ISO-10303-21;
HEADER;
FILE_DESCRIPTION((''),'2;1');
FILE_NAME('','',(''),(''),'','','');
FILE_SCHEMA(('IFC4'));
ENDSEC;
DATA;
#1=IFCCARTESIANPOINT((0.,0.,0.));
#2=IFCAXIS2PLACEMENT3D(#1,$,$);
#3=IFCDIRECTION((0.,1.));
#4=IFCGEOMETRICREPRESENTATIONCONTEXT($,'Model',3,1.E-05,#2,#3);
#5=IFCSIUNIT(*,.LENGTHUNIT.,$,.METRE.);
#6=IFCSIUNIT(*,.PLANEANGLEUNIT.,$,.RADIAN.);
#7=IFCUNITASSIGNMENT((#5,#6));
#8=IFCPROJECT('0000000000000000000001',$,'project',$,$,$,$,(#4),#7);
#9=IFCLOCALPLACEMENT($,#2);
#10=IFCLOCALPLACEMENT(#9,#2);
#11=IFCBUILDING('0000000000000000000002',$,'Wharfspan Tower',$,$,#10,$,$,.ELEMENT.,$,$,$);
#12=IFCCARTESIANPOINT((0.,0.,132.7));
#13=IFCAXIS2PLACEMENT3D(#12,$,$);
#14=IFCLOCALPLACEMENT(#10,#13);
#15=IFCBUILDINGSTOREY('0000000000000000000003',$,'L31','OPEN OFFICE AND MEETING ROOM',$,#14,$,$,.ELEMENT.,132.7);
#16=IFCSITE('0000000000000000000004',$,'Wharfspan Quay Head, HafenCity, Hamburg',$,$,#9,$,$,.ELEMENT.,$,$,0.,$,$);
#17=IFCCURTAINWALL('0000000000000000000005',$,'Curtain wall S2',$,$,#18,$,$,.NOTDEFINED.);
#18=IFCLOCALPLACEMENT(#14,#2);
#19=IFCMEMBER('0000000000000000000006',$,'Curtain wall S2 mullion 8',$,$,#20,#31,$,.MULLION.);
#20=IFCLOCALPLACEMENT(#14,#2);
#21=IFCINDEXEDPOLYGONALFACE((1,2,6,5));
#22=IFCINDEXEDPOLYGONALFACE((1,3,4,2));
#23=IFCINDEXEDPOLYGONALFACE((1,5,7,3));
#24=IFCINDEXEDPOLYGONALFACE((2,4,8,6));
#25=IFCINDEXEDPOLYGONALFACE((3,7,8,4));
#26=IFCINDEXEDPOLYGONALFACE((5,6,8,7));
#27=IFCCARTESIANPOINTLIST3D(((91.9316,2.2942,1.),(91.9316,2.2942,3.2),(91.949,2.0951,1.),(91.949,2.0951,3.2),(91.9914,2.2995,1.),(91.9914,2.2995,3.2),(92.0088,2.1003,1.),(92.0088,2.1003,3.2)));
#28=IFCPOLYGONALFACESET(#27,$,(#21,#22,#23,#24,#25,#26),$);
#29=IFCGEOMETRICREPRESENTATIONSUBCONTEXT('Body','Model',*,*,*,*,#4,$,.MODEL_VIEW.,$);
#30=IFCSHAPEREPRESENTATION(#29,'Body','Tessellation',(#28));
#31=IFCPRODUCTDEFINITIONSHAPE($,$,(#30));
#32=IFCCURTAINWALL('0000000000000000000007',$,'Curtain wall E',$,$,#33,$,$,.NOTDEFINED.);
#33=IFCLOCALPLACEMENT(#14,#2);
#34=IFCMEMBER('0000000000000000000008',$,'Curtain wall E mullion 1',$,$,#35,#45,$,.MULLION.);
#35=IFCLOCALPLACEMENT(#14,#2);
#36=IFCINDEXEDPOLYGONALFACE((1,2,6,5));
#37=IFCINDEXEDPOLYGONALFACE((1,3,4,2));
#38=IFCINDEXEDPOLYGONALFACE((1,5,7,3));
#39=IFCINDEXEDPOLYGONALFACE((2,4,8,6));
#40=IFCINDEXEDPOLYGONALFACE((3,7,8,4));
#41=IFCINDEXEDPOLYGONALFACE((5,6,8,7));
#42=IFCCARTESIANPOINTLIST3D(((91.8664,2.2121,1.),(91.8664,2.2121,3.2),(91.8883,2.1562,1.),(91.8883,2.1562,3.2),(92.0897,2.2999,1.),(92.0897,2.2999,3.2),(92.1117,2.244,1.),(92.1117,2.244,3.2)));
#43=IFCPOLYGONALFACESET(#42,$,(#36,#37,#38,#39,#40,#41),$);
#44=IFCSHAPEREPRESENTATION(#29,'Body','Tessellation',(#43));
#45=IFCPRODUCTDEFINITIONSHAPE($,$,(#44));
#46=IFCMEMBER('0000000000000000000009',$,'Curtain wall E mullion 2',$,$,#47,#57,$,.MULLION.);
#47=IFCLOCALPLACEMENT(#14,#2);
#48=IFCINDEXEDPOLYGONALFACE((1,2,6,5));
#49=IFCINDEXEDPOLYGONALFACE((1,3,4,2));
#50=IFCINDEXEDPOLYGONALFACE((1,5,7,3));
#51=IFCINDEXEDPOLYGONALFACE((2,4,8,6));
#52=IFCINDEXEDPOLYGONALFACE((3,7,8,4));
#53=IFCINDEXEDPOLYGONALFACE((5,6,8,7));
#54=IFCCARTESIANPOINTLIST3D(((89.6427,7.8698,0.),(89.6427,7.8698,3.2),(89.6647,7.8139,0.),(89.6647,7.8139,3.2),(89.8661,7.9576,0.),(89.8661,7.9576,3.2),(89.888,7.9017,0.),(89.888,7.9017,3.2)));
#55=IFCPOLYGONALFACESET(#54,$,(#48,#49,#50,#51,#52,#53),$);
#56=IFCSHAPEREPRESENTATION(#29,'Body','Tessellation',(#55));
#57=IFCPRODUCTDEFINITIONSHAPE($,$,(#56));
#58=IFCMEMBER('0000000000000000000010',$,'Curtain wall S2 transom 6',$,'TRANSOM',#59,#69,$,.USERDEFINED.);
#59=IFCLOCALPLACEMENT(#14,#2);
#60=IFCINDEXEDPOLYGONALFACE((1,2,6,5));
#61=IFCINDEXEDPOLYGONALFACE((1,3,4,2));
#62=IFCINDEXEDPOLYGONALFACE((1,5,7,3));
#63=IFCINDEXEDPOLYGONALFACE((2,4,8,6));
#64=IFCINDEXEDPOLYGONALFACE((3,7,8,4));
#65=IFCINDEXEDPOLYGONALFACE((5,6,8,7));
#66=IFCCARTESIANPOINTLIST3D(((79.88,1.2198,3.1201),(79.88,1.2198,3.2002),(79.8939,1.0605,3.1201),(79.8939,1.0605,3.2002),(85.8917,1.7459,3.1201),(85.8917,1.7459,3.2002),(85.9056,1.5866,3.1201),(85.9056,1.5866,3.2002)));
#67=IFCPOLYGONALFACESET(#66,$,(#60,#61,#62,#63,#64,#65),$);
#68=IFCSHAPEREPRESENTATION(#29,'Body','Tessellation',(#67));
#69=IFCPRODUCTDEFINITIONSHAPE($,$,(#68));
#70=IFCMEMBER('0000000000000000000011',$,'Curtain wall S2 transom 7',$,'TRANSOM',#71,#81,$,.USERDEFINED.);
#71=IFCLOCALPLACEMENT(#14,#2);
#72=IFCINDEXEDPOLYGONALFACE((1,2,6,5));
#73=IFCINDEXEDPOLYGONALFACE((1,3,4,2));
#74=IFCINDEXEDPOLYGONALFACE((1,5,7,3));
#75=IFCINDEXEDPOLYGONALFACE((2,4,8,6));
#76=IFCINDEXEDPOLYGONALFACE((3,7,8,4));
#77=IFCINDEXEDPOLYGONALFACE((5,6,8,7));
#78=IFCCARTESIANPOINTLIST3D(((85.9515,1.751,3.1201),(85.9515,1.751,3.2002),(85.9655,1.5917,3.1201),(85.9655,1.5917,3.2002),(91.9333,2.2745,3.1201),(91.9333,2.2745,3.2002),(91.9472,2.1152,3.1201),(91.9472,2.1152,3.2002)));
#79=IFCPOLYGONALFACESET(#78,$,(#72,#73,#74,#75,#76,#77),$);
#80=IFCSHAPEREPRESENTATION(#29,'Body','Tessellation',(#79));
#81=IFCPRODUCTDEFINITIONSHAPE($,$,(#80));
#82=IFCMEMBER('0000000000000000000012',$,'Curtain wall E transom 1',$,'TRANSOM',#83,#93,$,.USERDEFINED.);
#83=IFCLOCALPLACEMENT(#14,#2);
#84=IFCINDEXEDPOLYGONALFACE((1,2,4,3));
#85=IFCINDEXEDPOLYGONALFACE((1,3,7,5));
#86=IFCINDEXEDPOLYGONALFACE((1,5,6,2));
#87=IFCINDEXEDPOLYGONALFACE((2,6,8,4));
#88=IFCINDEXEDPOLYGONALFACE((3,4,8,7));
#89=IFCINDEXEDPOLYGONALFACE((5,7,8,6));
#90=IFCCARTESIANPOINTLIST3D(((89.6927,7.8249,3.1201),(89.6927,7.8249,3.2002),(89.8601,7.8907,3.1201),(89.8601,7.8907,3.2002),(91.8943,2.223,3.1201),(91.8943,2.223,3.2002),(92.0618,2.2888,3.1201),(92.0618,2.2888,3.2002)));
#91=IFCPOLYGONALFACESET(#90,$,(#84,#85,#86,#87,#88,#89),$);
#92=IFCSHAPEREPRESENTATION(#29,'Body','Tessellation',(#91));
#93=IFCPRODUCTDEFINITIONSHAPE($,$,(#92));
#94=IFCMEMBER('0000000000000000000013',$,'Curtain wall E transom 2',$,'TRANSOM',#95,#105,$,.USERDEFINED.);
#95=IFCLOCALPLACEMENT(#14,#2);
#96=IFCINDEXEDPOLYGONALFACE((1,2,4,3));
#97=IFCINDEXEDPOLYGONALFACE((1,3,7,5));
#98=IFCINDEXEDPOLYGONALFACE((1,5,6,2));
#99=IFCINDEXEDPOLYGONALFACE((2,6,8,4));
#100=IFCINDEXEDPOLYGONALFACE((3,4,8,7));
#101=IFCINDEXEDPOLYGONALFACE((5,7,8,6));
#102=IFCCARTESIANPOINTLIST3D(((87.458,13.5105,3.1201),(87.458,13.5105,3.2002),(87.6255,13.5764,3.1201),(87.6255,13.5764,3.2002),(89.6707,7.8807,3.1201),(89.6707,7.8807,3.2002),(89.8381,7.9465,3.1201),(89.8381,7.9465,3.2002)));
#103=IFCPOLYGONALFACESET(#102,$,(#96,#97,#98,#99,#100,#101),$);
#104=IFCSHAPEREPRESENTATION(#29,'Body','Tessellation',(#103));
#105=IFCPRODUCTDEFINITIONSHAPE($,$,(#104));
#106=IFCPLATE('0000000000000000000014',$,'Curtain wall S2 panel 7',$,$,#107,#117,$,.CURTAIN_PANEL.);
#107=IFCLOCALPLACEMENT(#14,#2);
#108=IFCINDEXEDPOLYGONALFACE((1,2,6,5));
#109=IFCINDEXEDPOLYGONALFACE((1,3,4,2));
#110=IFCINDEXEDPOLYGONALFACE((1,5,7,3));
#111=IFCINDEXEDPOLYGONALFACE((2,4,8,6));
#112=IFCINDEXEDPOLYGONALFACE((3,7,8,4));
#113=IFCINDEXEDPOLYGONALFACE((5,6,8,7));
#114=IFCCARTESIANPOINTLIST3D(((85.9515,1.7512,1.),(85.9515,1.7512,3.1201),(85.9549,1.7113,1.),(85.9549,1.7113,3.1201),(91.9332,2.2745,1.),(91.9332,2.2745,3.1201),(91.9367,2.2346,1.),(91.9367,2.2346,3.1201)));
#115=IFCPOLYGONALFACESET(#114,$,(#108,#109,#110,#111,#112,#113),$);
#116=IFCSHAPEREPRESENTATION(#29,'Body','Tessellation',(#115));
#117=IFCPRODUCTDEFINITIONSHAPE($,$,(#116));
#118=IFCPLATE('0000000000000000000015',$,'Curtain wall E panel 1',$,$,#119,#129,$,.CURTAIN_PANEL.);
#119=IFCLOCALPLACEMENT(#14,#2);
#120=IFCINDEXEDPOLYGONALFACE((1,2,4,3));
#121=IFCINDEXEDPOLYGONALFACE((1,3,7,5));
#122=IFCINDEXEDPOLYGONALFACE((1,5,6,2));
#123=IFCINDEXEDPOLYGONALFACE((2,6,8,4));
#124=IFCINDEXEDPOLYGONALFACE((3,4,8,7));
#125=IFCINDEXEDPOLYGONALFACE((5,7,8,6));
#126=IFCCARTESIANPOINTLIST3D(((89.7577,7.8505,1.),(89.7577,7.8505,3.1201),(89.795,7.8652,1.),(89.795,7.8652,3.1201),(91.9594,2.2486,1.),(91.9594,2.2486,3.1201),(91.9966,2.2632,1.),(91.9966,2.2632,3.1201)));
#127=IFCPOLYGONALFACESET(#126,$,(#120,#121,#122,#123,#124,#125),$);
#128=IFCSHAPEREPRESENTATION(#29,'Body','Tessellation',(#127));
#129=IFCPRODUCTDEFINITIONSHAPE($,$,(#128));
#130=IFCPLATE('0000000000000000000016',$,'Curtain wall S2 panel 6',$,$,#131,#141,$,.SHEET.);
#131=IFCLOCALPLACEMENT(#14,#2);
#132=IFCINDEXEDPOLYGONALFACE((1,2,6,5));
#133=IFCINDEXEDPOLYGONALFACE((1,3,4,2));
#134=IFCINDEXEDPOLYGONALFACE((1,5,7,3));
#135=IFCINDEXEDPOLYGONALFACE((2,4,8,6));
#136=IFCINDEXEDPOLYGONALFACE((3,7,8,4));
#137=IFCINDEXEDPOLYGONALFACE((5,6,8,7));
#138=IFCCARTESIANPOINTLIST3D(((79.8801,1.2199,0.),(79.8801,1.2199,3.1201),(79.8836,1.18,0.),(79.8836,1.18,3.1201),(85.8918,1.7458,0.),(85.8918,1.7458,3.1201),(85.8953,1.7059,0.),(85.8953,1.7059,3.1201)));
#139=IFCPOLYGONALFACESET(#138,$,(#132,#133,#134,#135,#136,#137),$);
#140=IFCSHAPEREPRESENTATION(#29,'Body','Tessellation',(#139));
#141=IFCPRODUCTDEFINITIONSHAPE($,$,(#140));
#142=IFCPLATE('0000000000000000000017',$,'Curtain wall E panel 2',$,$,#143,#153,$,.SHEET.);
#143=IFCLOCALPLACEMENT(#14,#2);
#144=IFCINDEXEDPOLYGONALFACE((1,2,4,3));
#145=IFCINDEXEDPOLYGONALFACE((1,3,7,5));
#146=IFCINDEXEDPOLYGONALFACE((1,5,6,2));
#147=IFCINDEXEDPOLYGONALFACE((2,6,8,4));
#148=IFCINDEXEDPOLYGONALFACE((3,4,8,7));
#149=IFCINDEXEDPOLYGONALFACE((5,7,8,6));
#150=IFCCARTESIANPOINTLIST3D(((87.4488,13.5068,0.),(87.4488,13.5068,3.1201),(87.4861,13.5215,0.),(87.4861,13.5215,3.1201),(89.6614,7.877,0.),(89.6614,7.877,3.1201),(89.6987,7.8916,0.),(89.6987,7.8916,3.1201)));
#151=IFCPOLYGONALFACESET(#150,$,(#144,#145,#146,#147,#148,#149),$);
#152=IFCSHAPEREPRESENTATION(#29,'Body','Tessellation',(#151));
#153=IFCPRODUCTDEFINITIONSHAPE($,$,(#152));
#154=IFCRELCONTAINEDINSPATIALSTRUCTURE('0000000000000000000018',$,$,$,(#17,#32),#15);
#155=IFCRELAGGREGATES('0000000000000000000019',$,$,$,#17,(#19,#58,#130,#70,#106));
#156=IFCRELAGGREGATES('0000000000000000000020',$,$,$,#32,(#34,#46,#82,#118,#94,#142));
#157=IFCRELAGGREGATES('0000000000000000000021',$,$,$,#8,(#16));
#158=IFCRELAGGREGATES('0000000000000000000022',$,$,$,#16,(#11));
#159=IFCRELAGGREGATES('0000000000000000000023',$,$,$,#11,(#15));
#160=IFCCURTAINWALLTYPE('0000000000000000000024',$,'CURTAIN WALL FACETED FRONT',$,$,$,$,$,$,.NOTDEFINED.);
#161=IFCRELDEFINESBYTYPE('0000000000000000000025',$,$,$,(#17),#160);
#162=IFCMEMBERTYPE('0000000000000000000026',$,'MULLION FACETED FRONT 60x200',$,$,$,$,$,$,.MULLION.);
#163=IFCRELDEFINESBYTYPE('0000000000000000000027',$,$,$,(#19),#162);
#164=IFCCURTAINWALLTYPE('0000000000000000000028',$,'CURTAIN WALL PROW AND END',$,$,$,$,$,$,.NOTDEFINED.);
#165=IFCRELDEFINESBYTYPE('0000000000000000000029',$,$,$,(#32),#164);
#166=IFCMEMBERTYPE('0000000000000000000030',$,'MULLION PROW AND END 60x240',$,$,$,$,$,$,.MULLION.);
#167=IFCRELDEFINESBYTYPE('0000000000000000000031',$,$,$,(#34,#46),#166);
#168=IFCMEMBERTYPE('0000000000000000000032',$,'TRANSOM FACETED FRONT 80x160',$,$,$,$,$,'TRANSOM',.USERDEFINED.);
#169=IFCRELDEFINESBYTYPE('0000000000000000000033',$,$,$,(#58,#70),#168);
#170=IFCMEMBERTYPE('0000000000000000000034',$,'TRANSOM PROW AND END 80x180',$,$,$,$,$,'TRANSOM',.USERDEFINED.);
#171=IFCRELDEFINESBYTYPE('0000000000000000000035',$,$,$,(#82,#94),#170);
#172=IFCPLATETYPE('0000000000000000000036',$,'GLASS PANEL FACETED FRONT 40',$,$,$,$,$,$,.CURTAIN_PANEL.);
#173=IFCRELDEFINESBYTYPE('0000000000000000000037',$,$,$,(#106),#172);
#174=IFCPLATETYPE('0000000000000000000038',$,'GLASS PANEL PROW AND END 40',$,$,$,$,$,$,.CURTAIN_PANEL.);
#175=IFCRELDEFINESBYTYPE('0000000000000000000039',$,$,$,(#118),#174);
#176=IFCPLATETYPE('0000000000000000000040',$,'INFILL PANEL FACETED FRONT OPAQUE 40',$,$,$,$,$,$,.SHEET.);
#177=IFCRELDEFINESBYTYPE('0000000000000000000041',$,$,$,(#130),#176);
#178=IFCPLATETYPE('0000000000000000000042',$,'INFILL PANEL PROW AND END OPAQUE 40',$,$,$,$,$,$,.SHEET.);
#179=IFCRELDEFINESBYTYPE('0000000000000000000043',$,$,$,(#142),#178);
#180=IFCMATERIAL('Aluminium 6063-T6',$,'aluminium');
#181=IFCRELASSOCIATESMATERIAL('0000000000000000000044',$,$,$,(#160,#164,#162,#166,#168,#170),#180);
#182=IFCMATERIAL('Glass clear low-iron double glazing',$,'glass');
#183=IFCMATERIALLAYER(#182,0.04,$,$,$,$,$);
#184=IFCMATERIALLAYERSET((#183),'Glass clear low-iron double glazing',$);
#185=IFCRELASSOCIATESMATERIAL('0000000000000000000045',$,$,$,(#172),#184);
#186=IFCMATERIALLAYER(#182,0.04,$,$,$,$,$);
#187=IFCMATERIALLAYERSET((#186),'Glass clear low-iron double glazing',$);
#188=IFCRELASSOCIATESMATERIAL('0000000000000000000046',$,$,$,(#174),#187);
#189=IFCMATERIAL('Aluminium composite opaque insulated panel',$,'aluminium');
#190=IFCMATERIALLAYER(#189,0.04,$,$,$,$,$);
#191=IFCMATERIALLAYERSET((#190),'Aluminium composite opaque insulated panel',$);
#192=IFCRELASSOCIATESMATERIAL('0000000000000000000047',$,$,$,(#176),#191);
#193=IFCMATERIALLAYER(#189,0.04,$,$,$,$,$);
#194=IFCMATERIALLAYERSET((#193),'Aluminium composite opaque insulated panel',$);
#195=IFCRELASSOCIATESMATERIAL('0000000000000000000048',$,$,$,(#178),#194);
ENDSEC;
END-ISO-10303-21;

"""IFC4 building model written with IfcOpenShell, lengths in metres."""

from ifc_helpers import new_model, si_unit, direction, frame, origin, origin_2d, place, context, subcontext, project, spatial, rectangle, extrude, material, layer, layer_set, material_profile, profile_set, type_object, element, aggregate, save


model = new_model("IFC4")

# Units and contexts
model_context = context("Model", 3, precision=1e-05, world=origin(), true_north=direction((0.0, 1.0)))
body_context = subcontext(model_context, "Body", "Model", "MODEL_VIEW")
ifc_project = project(units=[si_unit("LENGTHUNIT", "METRE"), si_unit("PLANEANGLEUNIT", "RADIAN")], contexts=[model_context])

# Site, building, storey
site_placement = place(None, origin())
site = spatial("IfcSite", under=ifc_project, at=site_placement, Name="Wharfspan Quay Head, HafenCity, Hamburg", CompositionType="ELEMENT", RefElevation=0.0)
building_placement = place(site_placement, origin())
building = spatial("IfcBuilding", under=site, at=building_placement, Name="Wharfspan Tower", CompositionType="ELEMENT")
storey_placement = place(building_placement, frame((0.0, 0.0, 132.7)))
storey = spatial("IfcBuildingStorey", under=building, at=storey_placement, Name="L31", Description="OPEN OFFICE AND MEETING ROOM", CompositionType="ELEMENT", Elevation=132.7)

# Curtain walls, members
ifc_material_1 = material(Name="Aluminium 6063-T6", Category="aluminium")
curtain_wall_type_1 = type_object("IfcCurtainWallType", Name="CURTAIN WALL FACETED FRONT", PredefinedType="NOTDEFINED", material=ifc_material_1)
curtain_wall_1_placement = place(storey_placement, origin())
curtain_wall_1 = element("IfcCurtainWall", 1, at=curtain_wall_1_placement, inside=storey, type_object=curtain_wall_type_1, Name="Curtain wall S2", PredefinedType="NOTDEFINED")
ifc_material_profile_1 = material_profile(ifc_material_1, rectangle(XDim=0.2, YDim=0.0601, at=origin_2d()))
ifc_profile_set_1 = profile_set([ifc_material_profile_1], Name="Aluminium 6063-T6")
member_type_1 = type_object("IfcMemberType", Name="MULLION FACETED FRONT 60x200", PredefinedType="MULLION", material=ifc_profile_set_1)
member_1_placement = place(storey_placement, frame((91.9702, 2.1973, 1.0), z_axis=(0.0, 0.0, 1.0), x_axis=(-0.087156, 0.996198, 0.0)))
member_1 = element("IfcMember", 2, at=member_1_placement, type_object=member_type_1, Name="Curtain wall S2 mullion 8", PredefinedType="MULLION", context=body_context, shape_type="SweptSolid", body=[
    extrude(rectangle(XDim=0.2, YDim=0.0601, at=origin_2d()), origin(), (0.0, 0.0, 1.0), 2.2),
])
curtain_wall_type_2 = type_object("IfcCurtainWallType", Name="CURTAIN WALL PROW AND END", PredefinedType="NOTDEFINED", material=ifc_material_1)
curtain_wall_2_placement = place(storey_placement, origin())
curtain_wall_2 = element("IfcCurtainWall", 3, at=curtain_wall_2_placement, inside=storey, type_object=curtain_wall_type_2, Name="Curtain wall E", PredefinedType="NOTDEFINED")
ifc_material_profile_2 = material_profile(ifc_material_1, rectangle(XDim=0.24, YDim=0.0601, at=origin_2d()))
ifc_profile_set_2 = profile_set([ifc_material_profile_2], Name="Aluminium 6063-T6")
member_type_2 = type_object("IfcMemberType", Name="MULLION PROW AND END 60x240", PredefinedType="MULLION", material=ifc_profile_set_2)
member_2_placement = place(storey_placement, frame((91.989, 2.228, 1.0), z_axis=(0.0, 0.0, 1.0), x_axis=(-0.930702, -0.365778, 0.0)))
member_2 = element("IfcMember", 4, at=member_2_placement, type_object=member_type_2, Name="Curtain wall E mullion 1", PredefinedType="MULLION", context=body_context, shape_type="SweptSolid", body=[
    extrude(rectangle(XDim=0.24, YDim=0.0601, at=origin_2d()), origin(), (0.0, 0.0, 1.0), 2.2),
])
member_3_placement = place(storey_placement, frame((89.7654, 7.8857, 0.0), z_axis=(0.0, 0.0, 1.0), x_axis=(-0.930702, -0.365778, 0.0)))
member_3 = element("IfcMember", 5, at=member_3_placement, type_object=member_type_2, Name="Curtain wall E mullion 2", PredefinedType="MULLION", context=body_context, shape_type="SweptSolid", body=[
    extrude(rectangle(XDim=0.24, YDim=0.0601, at=origin_2d()), origin(), (0.0, 0.0, 1.0), 3.2),
])

# Members
ifc_material_profile_3 = material_profile(ifc_material_1, rectangle(XDim=0.1599, YDim=0.0801, at=origin_2d()))
ifc_profile_set_3 = profile_set([ifc_material_profile_3], Name="Aluminium 6063-T6")
member_type_3 = type_object("IfcMemberType", Name="TRANSOM FACETED FRONT 80x160", ElementType="TRANSOM", PredefinedType="USERDEFINED", material=ifc_profile_set_3)
member_4_placement = place(storey_placement, frame((79.887, 1.1401, 3.1602), z_axis=(0.996192, 0.087183, 0.0), x_axis=(-0.087183, 0.996192, 0.0)))
member_4 = element("IfcMember", 6, at=member_4_placement, type_object=member_type_3, Name="Curtain wall S2 transom 6", ObjectType="TRANSOM", PredefinedType="USERDEFINED", context=body_context, shape_type="SweptSolid", body=[
    extrude(rectangle(XDim=0.1599, YDim=0.0801, at=origin_2d()), origin(), (0.0, 0.0, 1.0), 6.0347),
])
member_5_placement = place(storey_placement, frame((85.9585, 1.6714, 3.1602), z_axis=(0.996193, 0.087174, 0.0), x_axis=(-0.087174, 0.996193, 0.0)))
member_5 = element("IfcMember", 7, at=member_5_placement, type_object=member_type_3, Name="Curtain wall S2 transom 7", ObjectType="TRANSOM", PredefinedType="USERDEFINED", context=body_context, shape_type="SweptSolid", body=[
    extrude(rectangle(XDim=0.1599, YDim=0.0801, at=origin_2d()), origin(), (0.0, 0.0, 1.0), 6.0046),
])
ifc_material_profile_4 = material_profile(ifc_material_1, rectangle(XDim=0.1799, YDim=0.0801, at=origin_2d()))
ifc_profile_set_4 = profile_set([ifc_material_profile_4], Name="Aluminium 6063-T6")
member_type_4 = type_object("IfcMemberType", Name="TRANSOM PROW AND END 80x180", ElementType="TRANSOM", PredefinedType="USERDEFINED", material=ifc_profile_set_4)
member_6_placement = place(storey_placement, frame((91.978, 2.2559, 3.1602), z_axis=(-0.365775, 0.930703, 0.0), x_axis=(-0.930703, -0.365775, 0.0)))
member_6 = element("IfcMember", 8, at=member_6_placement, type_object=member_type_4, Name="Curtain wall E transom 1", ObjectType="TRANSOM", PredefinedType="USERDEFINED", context=body_context, shape_type="SweptSolid", body=[
    extrude(rectangle(XDim=0.1799, YDim=0.0801, at=origin_2d()), origin(), (0.0, 0.0, 1.0), 6.019),
])
member_7_placement = place(storey_placement, frame((89.7544, 7.9136, 3.1602), z_axis=(-0.365782, 0.9307, 0.0), x_axis=(-0.9307, -0.365782, 0.0)))
member_7 = element("IfcMember", 9, at=member_7_placement, type_object=member_type_4, Name="Curtain wall E transom 2", ObjectType="TRANSOM", PredefinedType="USERDEFINED", context=body_context, shape_type="SweptSolid", body=[
    extrude(rectangle(XDim=0.1799, YDim=0.0801, at=origin_2d()), origin(), (0.0, 0.0, 1.0), 6.0491),
])

# Plates
ifc_material_2 = material(Name="Glass clear low-iron double glazing", Category="glass")
ifc_layer_1 = layer(ifc_material_2, 0.04)
ifc_layer_set_1 = layer_set([ifc_layer_1], Name="Glass clear low-iron double glazing")
plate_type_1 = type_object("IfcPlateType", Name="GLASS PANEL FACETED FRONT 40", PredefinedType="CURTAIN_PANEL", material=ifc_layer_set_1)
plate_1_placement = place(storey_placement, frame((88.9441, 1.9929, 1.0), z_axis=(0.0, 0.0, 1.0), x_axis=(0.996198, 0.087156, 0.0)))
plate_1 = element("IfcPlate", 10, at=plate_1_placement, type_object=plate_type_1, Name="Curtain wall S2 panel 7", PredefinedType="CURTAIN_PANEL", context=body_context, shape_type="SweptSolid", body=[
    extrude(rectangle(XDim=6.0046, YDim=0.04, at=origin_2d()), origin(), (0.0, 0.0, 1.0), 2.1201),
])
ifc_layer_2 = layer(ifc_material_2, 0.04)
ifc_layer_set_2 = layer_set([ifc_layer_2], Name="Glass clear low-iron double glazing")
plate_type_2 = type_object("IfcPlateType", Name="GLASS PANEL PROW AND END 40", PredefinedType="CURTAIN_PANEL", material=ifc_layer_set_2)
plate_2_placement = place(storey_placement, frame((90.8772, 5.0569, 1.0), z_axis=(0.0, 0.0, 1.0), x_axis=(-0.365778, 0.930702, 0.0)))
plate_2 = element("IfcPlate", 11, at=plate_2_placement, type_object=plate_type_2, Name="Curtain wall E panel 1", PredefinedType="CURTAIN_PANEL", context=body_context, shape_type="SweptSolid", body=[
    extrude(rectangle(XDim=6.019, YDim=0.04, at=origin_2d()), origin(), (0.0, 0.0, 1.0), 2.1201),
])
ifc_material_3 = material(Name="Aluminium composite opaque insulated panel", Category="aluminium")
ifc_layer_3 = layer(ifc_material_3, 0.04)
ifc_layer_set_3 = layer_set([ifc_layer_3], Name="Aluminium composite opaque insulated panel")
plate_type_3 = type_object("IfcPlateType", Name="INFILL PANEL FACETED FRONT OPAQUE 40", PredefinedType="SHEET", material=ifc_layer_set_3)
plate_3_placement = place(storey_placement, frame((82.8877, 1.4629, 0.0), z_axis=(0.0, 0.0, 1.0), x_axis=(0.996198, 0.087156, 0.0)))
plate_3 = element("IfcPlate", 12, at=plate_3_placement, type_object=plate_type_3, Name="Curtain wall S2 panel 6", PredefinedType="SHEET", context=body_context, shape_type="SweptSolid", body=[
    extrude(rectangle(XDim=6.0347, YDim=0.04, at=origin_2d()), origin(), (0.0, 0.0, 1.0), 3.1201),
])
aggregate(curtain_wall_1, [member_1, member_4, plate_3, member_5, plate_1])
ifc_layer_4 = layer(ifc_material_3, 0.04)
ifc_layer_set_4 = layer_set([ifc_layer_4], Name="Aluminium composite opaque insulated panel")
plate_type_4 = type_object("IfcPlateType", Name="INFILL PANEL PROW AND END OPAQUE 40", PredefinedType="SHEET", material=ifc_layer_set_4)
plate_4_placement = place(storey_placement, frame((88.5737, 10.6992, 0.0), z_axis=(0.0, 0.0, 1.0), x_axis=(-0.365778, 0.930702, 0.0)))
plate_4 = element("IfcPlate", 13, at=plate_4_placement, type_object=plate_type_4, Name="Curtain wall E panel 2", PredefinedType="SHEET", context=body_context, shape_type="SweptSolid", body=[
    extrude(rectangle(XDim=6.0491, YDim=0.04, at=origin_2d()), origin(), (0.0, 0.0, 1.0), 3.1201),
])
aggregate(curtain_wall_2, [member_2, member_3, member_6, plate_2, member_7, plate_4])

save(model, "model.ifc")
